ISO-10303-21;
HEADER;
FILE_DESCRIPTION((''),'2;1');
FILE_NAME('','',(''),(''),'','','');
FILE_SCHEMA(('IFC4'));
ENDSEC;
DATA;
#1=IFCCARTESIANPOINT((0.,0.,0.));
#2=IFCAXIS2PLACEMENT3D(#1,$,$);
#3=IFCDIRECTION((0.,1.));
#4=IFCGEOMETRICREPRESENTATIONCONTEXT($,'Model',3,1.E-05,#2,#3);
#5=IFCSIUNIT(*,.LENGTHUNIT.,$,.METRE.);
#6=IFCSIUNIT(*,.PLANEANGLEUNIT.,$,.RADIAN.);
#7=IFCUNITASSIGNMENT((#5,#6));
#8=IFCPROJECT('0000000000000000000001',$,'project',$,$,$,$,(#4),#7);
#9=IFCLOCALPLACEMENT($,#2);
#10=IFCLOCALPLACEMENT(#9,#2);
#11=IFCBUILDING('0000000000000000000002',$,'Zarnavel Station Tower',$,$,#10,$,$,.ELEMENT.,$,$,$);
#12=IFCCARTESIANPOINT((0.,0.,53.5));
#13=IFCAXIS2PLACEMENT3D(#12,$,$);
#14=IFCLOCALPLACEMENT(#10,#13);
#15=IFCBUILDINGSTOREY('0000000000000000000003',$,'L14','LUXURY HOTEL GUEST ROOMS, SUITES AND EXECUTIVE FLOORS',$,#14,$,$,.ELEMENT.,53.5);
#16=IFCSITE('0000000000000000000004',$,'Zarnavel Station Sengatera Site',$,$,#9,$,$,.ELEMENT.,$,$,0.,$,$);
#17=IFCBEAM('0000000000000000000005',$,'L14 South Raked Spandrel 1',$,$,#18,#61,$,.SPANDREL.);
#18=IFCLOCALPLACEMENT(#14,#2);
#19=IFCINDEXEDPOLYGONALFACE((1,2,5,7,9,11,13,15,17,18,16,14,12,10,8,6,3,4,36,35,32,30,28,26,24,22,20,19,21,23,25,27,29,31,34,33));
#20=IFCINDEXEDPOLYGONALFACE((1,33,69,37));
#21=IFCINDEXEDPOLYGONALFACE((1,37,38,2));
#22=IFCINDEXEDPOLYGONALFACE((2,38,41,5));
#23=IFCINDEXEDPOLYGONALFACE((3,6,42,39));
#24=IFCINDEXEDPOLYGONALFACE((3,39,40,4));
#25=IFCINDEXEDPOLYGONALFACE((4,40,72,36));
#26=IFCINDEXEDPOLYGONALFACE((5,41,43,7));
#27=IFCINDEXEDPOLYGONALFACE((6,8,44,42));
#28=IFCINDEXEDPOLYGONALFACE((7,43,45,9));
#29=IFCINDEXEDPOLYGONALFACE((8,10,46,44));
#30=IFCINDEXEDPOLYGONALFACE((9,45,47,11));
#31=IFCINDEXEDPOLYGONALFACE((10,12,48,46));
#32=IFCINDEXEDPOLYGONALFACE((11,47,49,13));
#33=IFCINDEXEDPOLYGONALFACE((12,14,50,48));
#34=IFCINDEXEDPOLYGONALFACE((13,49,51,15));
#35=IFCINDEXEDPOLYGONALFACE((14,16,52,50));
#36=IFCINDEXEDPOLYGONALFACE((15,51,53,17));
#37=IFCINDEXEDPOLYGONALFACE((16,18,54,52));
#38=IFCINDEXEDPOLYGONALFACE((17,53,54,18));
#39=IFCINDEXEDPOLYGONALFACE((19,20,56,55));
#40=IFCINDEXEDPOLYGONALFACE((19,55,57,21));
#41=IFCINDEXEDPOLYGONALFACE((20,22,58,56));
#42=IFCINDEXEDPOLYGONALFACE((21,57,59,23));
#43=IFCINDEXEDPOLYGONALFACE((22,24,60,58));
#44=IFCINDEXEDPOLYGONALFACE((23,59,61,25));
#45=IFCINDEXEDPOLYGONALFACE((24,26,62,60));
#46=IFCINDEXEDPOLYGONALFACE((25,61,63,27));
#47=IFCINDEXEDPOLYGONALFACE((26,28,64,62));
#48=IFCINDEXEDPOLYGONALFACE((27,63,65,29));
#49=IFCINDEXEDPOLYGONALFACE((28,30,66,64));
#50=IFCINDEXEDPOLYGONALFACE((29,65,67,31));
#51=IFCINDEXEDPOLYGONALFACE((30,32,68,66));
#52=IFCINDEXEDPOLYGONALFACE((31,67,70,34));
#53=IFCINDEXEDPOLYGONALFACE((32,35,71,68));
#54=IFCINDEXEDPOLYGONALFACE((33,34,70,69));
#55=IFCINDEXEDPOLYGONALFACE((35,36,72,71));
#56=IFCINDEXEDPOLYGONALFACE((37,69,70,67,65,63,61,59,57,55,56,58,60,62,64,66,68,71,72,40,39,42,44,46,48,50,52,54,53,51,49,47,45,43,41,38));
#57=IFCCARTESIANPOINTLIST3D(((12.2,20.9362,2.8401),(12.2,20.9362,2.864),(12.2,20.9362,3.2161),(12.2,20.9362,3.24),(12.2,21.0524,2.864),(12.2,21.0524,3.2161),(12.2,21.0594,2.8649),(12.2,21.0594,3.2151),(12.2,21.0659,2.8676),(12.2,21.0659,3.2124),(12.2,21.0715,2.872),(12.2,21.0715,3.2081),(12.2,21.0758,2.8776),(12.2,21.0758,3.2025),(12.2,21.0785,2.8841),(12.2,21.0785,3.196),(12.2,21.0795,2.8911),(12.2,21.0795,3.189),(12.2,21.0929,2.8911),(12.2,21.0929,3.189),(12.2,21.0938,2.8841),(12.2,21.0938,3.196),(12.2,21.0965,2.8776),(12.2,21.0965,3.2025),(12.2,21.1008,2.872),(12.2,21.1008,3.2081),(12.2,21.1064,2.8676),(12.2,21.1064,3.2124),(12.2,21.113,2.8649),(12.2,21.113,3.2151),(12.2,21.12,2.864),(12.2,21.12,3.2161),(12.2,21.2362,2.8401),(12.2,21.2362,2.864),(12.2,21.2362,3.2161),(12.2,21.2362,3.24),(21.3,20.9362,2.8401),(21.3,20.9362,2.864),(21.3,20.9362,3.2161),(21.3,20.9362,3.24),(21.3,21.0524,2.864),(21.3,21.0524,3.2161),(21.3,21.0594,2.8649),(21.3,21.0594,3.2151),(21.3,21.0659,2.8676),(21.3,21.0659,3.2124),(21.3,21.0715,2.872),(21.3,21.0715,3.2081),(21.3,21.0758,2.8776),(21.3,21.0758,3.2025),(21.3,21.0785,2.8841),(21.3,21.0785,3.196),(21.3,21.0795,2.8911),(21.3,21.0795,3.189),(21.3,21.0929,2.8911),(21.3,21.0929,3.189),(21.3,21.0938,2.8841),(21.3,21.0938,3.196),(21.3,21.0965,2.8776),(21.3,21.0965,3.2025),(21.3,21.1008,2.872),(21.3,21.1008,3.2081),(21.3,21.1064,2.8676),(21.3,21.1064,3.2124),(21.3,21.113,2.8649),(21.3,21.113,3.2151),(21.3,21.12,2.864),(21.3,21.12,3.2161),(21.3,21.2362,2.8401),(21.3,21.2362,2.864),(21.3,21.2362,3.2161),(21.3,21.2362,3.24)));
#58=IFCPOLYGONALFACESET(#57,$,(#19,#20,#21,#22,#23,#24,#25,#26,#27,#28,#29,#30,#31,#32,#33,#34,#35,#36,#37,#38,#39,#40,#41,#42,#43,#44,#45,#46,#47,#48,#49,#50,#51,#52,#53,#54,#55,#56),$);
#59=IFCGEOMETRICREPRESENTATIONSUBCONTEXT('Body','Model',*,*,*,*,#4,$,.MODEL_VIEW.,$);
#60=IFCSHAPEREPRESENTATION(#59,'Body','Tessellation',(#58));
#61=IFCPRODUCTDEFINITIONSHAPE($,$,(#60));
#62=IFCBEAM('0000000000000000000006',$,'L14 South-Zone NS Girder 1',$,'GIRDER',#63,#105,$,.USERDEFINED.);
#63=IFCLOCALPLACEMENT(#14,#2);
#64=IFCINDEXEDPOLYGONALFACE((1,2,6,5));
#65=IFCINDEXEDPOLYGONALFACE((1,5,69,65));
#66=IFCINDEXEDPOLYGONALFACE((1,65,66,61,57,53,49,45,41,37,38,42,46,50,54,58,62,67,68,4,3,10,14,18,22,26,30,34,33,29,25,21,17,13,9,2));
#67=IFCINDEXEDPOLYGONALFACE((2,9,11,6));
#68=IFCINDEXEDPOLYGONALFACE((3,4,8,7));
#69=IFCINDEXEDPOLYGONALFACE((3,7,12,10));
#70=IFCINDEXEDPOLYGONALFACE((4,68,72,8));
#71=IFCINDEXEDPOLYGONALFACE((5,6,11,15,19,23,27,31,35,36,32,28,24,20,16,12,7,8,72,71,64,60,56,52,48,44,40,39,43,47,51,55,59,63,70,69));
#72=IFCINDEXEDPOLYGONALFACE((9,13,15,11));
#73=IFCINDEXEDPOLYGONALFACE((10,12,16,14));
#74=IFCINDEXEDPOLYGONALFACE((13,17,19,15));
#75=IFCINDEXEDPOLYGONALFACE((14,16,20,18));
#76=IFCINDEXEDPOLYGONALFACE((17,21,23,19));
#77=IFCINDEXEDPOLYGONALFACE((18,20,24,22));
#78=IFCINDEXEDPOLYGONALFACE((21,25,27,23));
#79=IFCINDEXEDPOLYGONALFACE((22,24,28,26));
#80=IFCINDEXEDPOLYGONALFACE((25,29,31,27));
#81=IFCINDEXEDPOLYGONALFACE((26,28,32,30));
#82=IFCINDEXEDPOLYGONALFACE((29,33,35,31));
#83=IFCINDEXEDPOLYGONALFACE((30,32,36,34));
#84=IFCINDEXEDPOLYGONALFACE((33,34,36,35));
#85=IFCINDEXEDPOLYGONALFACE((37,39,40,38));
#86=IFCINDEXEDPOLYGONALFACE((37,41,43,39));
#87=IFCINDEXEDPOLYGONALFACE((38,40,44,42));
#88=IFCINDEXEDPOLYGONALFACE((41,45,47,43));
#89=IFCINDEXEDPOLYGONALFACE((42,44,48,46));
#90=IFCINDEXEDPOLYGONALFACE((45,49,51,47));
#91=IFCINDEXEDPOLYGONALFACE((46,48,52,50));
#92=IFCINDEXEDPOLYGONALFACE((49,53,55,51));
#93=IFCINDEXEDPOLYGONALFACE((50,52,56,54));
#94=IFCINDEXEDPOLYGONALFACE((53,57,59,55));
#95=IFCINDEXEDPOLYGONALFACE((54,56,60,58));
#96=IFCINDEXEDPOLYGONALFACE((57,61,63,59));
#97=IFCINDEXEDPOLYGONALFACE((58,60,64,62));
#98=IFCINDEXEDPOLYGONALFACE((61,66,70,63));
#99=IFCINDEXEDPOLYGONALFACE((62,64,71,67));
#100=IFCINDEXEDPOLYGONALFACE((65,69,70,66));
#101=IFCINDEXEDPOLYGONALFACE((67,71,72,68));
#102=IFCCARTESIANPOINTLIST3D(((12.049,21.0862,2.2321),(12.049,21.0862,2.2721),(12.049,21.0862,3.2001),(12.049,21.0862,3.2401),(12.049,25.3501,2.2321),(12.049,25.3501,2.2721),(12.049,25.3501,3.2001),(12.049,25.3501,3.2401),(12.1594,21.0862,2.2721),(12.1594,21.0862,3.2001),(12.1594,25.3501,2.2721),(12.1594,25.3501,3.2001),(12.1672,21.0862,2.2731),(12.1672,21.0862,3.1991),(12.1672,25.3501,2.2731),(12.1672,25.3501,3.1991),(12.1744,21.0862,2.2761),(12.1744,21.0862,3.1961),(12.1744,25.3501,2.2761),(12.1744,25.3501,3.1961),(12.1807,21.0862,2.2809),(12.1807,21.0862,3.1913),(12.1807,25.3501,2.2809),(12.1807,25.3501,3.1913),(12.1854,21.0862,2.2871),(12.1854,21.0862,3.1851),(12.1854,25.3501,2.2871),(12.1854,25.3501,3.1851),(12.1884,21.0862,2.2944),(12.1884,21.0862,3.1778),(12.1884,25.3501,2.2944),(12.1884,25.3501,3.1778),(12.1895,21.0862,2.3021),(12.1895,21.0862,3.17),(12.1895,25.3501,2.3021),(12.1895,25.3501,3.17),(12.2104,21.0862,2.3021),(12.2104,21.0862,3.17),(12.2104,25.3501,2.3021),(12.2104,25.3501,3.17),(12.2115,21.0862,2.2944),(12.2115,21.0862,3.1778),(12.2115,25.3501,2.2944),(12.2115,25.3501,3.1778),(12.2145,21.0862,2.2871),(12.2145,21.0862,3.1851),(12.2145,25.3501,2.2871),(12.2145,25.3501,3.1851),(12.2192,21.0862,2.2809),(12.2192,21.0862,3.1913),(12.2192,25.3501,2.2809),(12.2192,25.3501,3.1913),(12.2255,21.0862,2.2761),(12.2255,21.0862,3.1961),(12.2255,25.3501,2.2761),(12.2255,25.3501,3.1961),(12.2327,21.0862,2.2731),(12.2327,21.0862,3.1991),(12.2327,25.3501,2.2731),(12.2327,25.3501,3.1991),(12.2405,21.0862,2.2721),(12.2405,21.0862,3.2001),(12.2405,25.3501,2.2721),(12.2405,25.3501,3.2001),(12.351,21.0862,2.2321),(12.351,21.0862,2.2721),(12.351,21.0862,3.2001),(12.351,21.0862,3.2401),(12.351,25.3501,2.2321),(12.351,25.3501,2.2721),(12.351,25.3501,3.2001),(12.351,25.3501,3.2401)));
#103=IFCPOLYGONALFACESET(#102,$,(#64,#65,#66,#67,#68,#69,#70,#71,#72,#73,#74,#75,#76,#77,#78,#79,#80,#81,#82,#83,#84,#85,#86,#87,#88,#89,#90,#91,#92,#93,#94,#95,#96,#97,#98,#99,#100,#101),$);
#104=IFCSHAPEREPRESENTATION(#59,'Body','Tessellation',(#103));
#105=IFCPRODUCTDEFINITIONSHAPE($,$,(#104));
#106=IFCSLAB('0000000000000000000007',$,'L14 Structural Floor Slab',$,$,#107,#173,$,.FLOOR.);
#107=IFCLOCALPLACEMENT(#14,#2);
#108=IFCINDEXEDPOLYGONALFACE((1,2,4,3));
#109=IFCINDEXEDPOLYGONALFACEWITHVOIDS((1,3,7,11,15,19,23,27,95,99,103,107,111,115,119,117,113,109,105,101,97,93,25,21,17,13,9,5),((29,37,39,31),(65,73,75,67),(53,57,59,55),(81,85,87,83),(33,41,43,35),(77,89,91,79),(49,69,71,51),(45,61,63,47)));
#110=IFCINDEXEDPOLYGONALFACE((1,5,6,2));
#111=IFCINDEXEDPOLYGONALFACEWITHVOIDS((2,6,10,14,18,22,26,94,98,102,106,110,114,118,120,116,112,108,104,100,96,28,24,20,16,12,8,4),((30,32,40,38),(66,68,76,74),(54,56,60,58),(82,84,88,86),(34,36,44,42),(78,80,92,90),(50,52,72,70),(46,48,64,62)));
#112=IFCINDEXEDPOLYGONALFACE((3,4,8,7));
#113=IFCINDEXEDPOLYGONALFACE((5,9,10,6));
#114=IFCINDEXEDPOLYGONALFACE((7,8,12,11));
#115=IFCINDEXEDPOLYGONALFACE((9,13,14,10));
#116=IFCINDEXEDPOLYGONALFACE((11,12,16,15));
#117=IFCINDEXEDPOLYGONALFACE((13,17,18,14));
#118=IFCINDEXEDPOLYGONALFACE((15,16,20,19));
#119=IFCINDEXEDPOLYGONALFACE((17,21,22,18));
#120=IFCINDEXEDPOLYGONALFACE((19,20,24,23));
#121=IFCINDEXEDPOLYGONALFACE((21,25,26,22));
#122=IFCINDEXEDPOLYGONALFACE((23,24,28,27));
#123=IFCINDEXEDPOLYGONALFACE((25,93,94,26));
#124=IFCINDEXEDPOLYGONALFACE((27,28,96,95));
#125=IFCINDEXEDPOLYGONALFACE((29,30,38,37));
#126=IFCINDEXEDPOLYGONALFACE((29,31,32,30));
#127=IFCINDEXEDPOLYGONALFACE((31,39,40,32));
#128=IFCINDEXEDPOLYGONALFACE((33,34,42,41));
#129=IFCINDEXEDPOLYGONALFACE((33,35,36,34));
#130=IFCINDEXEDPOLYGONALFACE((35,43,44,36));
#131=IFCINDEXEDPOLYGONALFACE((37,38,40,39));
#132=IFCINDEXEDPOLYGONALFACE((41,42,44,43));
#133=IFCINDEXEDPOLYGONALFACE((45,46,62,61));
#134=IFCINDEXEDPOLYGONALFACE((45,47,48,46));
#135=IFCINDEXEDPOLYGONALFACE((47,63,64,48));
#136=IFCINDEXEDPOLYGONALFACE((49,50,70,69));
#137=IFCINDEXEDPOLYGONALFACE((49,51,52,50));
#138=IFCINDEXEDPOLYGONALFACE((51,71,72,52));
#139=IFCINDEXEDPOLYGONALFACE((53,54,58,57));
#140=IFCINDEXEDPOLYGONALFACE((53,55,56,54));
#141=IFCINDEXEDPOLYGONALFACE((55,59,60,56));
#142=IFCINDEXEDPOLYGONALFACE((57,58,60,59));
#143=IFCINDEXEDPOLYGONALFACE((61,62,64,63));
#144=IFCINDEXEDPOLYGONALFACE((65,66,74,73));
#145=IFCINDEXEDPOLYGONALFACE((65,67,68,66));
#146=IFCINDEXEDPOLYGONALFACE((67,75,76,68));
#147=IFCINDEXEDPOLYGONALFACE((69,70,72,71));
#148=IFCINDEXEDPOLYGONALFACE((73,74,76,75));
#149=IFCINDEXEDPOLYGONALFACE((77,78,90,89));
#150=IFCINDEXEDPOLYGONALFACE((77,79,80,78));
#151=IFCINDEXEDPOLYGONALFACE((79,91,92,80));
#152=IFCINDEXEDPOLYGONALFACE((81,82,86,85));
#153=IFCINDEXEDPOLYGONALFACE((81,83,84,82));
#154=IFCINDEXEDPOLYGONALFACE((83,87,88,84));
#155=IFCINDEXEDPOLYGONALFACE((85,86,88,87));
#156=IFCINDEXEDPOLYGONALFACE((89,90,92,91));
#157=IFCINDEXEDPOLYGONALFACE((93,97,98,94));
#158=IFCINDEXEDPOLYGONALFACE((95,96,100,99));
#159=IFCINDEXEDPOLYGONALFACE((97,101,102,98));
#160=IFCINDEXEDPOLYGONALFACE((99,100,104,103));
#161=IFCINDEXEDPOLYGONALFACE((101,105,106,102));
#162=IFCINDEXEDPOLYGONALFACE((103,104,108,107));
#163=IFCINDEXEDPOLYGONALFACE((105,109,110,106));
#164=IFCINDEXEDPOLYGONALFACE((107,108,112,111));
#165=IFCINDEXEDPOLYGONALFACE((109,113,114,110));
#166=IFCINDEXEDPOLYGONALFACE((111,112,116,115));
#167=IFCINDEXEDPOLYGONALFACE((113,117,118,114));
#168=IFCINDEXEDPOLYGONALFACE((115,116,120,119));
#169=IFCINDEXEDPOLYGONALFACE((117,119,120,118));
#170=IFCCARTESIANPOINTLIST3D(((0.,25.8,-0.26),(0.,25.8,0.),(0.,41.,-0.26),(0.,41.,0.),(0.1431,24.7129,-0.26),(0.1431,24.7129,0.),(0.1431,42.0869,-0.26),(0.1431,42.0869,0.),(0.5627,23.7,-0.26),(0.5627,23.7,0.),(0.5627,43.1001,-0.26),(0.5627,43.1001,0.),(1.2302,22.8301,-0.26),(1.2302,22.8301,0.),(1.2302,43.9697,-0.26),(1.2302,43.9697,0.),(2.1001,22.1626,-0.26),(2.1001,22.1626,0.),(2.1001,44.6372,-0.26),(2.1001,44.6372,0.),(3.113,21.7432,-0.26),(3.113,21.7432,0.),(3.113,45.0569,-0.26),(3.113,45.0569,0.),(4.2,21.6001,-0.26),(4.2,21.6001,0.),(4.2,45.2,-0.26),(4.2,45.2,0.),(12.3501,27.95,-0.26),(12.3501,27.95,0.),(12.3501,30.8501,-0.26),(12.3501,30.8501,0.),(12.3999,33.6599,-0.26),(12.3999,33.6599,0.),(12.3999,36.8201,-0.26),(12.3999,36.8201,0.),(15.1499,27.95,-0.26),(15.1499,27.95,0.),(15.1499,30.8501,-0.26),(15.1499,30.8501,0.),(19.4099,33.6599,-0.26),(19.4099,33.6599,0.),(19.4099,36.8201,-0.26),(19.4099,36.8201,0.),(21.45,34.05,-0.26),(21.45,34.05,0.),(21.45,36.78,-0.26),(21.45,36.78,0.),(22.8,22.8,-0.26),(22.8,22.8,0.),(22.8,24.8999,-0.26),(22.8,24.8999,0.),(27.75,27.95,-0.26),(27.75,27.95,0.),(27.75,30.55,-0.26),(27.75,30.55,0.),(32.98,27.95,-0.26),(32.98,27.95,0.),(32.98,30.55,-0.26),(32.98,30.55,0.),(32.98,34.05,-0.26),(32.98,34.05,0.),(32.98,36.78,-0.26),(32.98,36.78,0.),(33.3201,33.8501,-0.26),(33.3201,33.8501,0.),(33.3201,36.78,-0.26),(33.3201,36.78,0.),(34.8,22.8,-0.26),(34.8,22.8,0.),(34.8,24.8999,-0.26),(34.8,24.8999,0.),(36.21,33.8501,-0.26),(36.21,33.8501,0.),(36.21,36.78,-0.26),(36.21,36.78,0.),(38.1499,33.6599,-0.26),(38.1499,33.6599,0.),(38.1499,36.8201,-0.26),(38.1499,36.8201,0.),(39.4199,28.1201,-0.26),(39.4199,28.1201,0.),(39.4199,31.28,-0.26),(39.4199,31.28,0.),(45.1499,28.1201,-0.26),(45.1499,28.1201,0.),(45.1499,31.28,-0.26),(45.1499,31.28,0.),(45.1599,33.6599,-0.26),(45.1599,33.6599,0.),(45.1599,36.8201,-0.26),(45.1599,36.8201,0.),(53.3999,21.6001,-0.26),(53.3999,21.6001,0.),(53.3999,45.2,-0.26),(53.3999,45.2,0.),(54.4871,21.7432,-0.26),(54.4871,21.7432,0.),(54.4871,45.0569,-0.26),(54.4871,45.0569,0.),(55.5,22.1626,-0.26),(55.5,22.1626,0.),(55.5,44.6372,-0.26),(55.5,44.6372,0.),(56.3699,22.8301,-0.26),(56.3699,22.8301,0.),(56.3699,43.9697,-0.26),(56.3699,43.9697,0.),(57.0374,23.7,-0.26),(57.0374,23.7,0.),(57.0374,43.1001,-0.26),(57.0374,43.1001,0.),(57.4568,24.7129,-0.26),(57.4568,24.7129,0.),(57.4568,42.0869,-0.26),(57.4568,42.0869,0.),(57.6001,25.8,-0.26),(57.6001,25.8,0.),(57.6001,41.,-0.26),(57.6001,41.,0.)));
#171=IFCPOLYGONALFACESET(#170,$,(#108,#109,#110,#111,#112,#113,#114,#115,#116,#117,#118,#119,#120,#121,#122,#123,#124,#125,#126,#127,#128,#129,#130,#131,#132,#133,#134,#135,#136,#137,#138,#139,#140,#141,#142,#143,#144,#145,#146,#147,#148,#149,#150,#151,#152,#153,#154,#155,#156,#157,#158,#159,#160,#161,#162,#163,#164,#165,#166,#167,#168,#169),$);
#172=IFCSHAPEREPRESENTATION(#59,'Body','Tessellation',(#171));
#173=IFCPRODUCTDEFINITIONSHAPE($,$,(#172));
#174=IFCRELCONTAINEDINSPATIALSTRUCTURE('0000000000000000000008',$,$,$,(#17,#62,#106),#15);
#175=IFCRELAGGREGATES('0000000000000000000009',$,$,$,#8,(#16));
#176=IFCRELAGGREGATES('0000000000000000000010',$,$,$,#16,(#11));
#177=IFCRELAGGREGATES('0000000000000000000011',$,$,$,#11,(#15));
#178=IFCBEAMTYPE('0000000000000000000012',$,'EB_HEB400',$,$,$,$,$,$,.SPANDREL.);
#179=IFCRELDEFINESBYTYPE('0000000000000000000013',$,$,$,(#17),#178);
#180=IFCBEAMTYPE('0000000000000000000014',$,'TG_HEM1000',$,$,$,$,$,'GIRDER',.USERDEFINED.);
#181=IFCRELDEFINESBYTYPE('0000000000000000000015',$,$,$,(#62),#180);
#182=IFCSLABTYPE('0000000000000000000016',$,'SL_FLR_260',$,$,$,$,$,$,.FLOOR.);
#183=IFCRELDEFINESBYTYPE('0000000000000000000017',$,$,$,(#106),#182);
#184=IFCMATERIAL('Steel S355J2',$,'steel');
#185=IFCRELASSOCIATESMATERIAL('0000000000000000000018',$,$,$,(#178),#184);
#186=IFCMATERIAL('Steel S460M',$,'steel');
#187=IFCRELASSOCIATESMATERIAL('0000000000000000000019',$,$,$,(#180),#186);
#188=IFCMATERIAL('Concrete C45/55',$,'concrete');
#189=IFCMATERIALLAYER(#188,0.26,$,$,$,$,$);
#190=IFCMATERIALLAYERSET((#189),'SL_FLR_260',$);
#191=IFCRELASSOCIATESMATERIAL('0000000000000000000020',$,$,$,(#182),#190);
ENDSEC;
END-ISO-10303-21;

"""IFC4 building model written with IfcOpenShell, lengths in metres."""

from ifc_helpers import new_model, si_unit, direction, frame, origin, origin_2d, place, context, subcontext, project, spatial, polyline, i_section, outline, extrude, material, layer, layer_set, material_profile, profile_set, type_object, element, save


model = new_model("IFC4")

# Units and contexts
model_context = context("Model", 3, precision=1e-05, world=origin(), true_north=direction((0.0, 1.0)))
body_context = subcontext(model_context, "Body", "Model", "MODEL_VIEW")
ifc_project = project(units=[si_unit("LENGTHUNIT", "METRE"), si_unit("PLANEANGLEUNIT", "RADIAN")], contexts=[model_context])

# Site, building, storey
site_placement = place(None, origin())
site = spatial("IfcSite", under=ifc_project, at=site_placement, Name="Zarnavel Station Sengatera Site", CompositionType="ELEMENT", RefElevation=0.0)
building_placement = place(site_placement, origin())
building = spatial("IfcBuilding", under=site, at=building_placement, Name="Zarnavel Station Tower", CompositionType="ELEMENT")
storey_placement = place(building_placement, frame((0.0, 0.0, 53.5)))
storey = spatial("IfcBuildingStorey", under=building, at=storey_placement, Name="L14", Description="LUXURY HOTEL GUEST ROOMS, SUITES AND EXECUTIVE FLOORS", CompositionType="ELEMENT", Elevation=53.5)

# Beams
ifc_material_1 = material(Name="Steel S355J2", Category="steel")
ifc_material_profile_1 = material_profile(ifc_material_1, i_section(OverallWidth=0.3, OverallDepth=0.3999, WebThickness=0.0134, FlangeThickness=0.0239, FilletRadius=0.0271, at=origin_2d()), Name="HEB400")
ifc_profile_set_1 = profile_set([ifc_material_profile_1], Name="Steel S355J2")
beam_type_1 = type_object("IfcBeamType", Name="EB_HEB400", PredefinedType="SPANDREL", material=ifc_profile_set_1)
beam_1_placement = place(storey_placement, frame((12.2, 21.0862, 3.04), z_axis=(1.0, 0.0, 0.0), x_axis=(0.0, 1.0, 0.0)))
element("IfcBeam", 1, at=beam_1_placement, inside=storey, type_object=beam_type_1, Name="L14 South Raked Spandrel 1", PredefinedType="SPANDREL", context=body_context, shape_type="SweptSolid", body=[
    extrude(i_section(OverallWidth=0.3, OverallDepth=0.3999, WebThickness=0.0134, FlangeThickness=0.0239, FilletRadius=0.0271, at=origin_2d()), origin(), (0.0, 0.0, 1.0), 9.1001),
])
ifc_material_2 = material(Name="Steel S460M", Category="steel")
ifc_material_profile_2 = material_profile(ifc_material_2, i_section(OverallWidth=0.302, OverallDepth=1.0081, WebThickness=0.021, FlangeThickness=0.04, FilletRadius=0.03, at=origin_2d()), Name="HEM1000")
ifc_profile_set_2 = profile_set([ifc_material_profile_2], Name="Steel S460M")
beam_type_2 = type_object("IfcBeamType", Name="TG_HEM1000", ElementType="GIRDER", PredefinedType="USERDEFINED", material=ifc_profile_set_2)
beam_2_placement = place(storey_placement, frame((12.2, 21.0862, 2.7361), z_axis=(0.0, 1.0, 0.0), x_axis=(-1.0, 0.0, 0.0)))
element("IfcBeam", 2, at=beam_2_placement, inside=storey, type_object=beam_type_2, Name="L14 South-Zone NS Girder 1", ObjectType="GIRDER", PredefinedType="USERDEFINED", context=body_context, shape_type="SweptSolid", body=[
    extrude(i_section(OverallWidth=0.302, OverallDepth=1.0081, WebThickness=0.021, FlangeThickness=0.04, FilletRadius=0.03, at=origin_2d()), origin(), (0.0, 0.0, 1.0), 4.2639),
])

# Slab
ifc_material_3 = material(Name="Concrete C45/55", Category="concrete")
ifc_layer_1 = layer(ifc_material_3, 0.26)
ifc_layer_set_1 = layer_set([ifc_layer_1], Name="SL_FLR_260")
slab_type_1 = type_object("IfcSlabType", Name="SL_FLR_260", PredefinedType="FLOOR", material=ifc_layer_set_1)
slab_1_placement = place(storey_placement, frame((0.0, 0.0, -0.26)))
element("IfcSlab", 3, at=slab_1_placement, inside=storey, type_object=slab_type_1, Name="L14 Structural Floor Slab", PredefinedType="FLOOR", context=body_context, shape_type="SweptSolid", body=[
    extrude(outline(polyline([(53.3999, 21.6001), (54.4871, 21.7432), (55.5, 22.1626), (56.3699, 22.8301), (57.0374, 23.7), (57.4568, 24.7129), (57.6001, 25.8), (57.6001, 41.0), (57.4568, 42.0869), (57.0374, 43.1001), (56.3699, 43.9697), (55.5, 44.6372), (54.4871, 45.0569), (53.3999, 45.2), (4.2, 45.2), (3.113, 45.0569), (2.1001, 44.6372), (1.2302, 43.9697), (0.5627, 43.1001), (0.1431, 42.0869), (0.0, 41.0), (0.0, 25.8), (0.1431, 24.7129), (0.5627, 23.7), (1.2302, 22.8301), (2.1001, 22.1626), (3.113, 21.7432), (4.2, 21.6001), (53.3999, 21.6001)]), holes=[polyline([(12.3999, 33.6599), (19.4099, 33.6599), (19.4099, 36.8201), (12.3999, 36.8201), (12.3999, 33.6599)]), polyline([(38.1499, 33.6599), (45.1599, 33.6599), (45.1599, 36.8201), (38.1499, 36.8201), (38.1499, 33.6599)]), polyline([(39.4199, 28.1201), (45.1499, 28.1201), (45.1499, 31.28), (39.4199, 31.28), (39.4199, 28.1201)]), polyline([(12.3501, 27.95), (15.1499, 27.95), (15.1499, 30.8501), (12.3501, 30.8501), (12.3501, 27.95)]), polyline([(33.3201, 33.8501), (36.21, 33.8501), (36.21, 36.78), (33.3201, 36.78), (33.3201, 33.8501)]), polyline([(21.45, 34.05), (32.98, 34.05), (32.98, 36.78), (21.45, 36.78), (21.45, 34.05)]), polyline([(27.75, 27.95), (32.98, 27.95), (32.98, 30.55), (27.75, 30.55), (27.75, 27.95)]), polyline([(22.8, 22.8), (34.8, 22.8), (34.8, 24.8999), (22.8, 24.8999), (22.8, 22.8)])]), origin(), (0.0, 0.0, 1.0), 0.26),
])

save(model, "model.ifc")
